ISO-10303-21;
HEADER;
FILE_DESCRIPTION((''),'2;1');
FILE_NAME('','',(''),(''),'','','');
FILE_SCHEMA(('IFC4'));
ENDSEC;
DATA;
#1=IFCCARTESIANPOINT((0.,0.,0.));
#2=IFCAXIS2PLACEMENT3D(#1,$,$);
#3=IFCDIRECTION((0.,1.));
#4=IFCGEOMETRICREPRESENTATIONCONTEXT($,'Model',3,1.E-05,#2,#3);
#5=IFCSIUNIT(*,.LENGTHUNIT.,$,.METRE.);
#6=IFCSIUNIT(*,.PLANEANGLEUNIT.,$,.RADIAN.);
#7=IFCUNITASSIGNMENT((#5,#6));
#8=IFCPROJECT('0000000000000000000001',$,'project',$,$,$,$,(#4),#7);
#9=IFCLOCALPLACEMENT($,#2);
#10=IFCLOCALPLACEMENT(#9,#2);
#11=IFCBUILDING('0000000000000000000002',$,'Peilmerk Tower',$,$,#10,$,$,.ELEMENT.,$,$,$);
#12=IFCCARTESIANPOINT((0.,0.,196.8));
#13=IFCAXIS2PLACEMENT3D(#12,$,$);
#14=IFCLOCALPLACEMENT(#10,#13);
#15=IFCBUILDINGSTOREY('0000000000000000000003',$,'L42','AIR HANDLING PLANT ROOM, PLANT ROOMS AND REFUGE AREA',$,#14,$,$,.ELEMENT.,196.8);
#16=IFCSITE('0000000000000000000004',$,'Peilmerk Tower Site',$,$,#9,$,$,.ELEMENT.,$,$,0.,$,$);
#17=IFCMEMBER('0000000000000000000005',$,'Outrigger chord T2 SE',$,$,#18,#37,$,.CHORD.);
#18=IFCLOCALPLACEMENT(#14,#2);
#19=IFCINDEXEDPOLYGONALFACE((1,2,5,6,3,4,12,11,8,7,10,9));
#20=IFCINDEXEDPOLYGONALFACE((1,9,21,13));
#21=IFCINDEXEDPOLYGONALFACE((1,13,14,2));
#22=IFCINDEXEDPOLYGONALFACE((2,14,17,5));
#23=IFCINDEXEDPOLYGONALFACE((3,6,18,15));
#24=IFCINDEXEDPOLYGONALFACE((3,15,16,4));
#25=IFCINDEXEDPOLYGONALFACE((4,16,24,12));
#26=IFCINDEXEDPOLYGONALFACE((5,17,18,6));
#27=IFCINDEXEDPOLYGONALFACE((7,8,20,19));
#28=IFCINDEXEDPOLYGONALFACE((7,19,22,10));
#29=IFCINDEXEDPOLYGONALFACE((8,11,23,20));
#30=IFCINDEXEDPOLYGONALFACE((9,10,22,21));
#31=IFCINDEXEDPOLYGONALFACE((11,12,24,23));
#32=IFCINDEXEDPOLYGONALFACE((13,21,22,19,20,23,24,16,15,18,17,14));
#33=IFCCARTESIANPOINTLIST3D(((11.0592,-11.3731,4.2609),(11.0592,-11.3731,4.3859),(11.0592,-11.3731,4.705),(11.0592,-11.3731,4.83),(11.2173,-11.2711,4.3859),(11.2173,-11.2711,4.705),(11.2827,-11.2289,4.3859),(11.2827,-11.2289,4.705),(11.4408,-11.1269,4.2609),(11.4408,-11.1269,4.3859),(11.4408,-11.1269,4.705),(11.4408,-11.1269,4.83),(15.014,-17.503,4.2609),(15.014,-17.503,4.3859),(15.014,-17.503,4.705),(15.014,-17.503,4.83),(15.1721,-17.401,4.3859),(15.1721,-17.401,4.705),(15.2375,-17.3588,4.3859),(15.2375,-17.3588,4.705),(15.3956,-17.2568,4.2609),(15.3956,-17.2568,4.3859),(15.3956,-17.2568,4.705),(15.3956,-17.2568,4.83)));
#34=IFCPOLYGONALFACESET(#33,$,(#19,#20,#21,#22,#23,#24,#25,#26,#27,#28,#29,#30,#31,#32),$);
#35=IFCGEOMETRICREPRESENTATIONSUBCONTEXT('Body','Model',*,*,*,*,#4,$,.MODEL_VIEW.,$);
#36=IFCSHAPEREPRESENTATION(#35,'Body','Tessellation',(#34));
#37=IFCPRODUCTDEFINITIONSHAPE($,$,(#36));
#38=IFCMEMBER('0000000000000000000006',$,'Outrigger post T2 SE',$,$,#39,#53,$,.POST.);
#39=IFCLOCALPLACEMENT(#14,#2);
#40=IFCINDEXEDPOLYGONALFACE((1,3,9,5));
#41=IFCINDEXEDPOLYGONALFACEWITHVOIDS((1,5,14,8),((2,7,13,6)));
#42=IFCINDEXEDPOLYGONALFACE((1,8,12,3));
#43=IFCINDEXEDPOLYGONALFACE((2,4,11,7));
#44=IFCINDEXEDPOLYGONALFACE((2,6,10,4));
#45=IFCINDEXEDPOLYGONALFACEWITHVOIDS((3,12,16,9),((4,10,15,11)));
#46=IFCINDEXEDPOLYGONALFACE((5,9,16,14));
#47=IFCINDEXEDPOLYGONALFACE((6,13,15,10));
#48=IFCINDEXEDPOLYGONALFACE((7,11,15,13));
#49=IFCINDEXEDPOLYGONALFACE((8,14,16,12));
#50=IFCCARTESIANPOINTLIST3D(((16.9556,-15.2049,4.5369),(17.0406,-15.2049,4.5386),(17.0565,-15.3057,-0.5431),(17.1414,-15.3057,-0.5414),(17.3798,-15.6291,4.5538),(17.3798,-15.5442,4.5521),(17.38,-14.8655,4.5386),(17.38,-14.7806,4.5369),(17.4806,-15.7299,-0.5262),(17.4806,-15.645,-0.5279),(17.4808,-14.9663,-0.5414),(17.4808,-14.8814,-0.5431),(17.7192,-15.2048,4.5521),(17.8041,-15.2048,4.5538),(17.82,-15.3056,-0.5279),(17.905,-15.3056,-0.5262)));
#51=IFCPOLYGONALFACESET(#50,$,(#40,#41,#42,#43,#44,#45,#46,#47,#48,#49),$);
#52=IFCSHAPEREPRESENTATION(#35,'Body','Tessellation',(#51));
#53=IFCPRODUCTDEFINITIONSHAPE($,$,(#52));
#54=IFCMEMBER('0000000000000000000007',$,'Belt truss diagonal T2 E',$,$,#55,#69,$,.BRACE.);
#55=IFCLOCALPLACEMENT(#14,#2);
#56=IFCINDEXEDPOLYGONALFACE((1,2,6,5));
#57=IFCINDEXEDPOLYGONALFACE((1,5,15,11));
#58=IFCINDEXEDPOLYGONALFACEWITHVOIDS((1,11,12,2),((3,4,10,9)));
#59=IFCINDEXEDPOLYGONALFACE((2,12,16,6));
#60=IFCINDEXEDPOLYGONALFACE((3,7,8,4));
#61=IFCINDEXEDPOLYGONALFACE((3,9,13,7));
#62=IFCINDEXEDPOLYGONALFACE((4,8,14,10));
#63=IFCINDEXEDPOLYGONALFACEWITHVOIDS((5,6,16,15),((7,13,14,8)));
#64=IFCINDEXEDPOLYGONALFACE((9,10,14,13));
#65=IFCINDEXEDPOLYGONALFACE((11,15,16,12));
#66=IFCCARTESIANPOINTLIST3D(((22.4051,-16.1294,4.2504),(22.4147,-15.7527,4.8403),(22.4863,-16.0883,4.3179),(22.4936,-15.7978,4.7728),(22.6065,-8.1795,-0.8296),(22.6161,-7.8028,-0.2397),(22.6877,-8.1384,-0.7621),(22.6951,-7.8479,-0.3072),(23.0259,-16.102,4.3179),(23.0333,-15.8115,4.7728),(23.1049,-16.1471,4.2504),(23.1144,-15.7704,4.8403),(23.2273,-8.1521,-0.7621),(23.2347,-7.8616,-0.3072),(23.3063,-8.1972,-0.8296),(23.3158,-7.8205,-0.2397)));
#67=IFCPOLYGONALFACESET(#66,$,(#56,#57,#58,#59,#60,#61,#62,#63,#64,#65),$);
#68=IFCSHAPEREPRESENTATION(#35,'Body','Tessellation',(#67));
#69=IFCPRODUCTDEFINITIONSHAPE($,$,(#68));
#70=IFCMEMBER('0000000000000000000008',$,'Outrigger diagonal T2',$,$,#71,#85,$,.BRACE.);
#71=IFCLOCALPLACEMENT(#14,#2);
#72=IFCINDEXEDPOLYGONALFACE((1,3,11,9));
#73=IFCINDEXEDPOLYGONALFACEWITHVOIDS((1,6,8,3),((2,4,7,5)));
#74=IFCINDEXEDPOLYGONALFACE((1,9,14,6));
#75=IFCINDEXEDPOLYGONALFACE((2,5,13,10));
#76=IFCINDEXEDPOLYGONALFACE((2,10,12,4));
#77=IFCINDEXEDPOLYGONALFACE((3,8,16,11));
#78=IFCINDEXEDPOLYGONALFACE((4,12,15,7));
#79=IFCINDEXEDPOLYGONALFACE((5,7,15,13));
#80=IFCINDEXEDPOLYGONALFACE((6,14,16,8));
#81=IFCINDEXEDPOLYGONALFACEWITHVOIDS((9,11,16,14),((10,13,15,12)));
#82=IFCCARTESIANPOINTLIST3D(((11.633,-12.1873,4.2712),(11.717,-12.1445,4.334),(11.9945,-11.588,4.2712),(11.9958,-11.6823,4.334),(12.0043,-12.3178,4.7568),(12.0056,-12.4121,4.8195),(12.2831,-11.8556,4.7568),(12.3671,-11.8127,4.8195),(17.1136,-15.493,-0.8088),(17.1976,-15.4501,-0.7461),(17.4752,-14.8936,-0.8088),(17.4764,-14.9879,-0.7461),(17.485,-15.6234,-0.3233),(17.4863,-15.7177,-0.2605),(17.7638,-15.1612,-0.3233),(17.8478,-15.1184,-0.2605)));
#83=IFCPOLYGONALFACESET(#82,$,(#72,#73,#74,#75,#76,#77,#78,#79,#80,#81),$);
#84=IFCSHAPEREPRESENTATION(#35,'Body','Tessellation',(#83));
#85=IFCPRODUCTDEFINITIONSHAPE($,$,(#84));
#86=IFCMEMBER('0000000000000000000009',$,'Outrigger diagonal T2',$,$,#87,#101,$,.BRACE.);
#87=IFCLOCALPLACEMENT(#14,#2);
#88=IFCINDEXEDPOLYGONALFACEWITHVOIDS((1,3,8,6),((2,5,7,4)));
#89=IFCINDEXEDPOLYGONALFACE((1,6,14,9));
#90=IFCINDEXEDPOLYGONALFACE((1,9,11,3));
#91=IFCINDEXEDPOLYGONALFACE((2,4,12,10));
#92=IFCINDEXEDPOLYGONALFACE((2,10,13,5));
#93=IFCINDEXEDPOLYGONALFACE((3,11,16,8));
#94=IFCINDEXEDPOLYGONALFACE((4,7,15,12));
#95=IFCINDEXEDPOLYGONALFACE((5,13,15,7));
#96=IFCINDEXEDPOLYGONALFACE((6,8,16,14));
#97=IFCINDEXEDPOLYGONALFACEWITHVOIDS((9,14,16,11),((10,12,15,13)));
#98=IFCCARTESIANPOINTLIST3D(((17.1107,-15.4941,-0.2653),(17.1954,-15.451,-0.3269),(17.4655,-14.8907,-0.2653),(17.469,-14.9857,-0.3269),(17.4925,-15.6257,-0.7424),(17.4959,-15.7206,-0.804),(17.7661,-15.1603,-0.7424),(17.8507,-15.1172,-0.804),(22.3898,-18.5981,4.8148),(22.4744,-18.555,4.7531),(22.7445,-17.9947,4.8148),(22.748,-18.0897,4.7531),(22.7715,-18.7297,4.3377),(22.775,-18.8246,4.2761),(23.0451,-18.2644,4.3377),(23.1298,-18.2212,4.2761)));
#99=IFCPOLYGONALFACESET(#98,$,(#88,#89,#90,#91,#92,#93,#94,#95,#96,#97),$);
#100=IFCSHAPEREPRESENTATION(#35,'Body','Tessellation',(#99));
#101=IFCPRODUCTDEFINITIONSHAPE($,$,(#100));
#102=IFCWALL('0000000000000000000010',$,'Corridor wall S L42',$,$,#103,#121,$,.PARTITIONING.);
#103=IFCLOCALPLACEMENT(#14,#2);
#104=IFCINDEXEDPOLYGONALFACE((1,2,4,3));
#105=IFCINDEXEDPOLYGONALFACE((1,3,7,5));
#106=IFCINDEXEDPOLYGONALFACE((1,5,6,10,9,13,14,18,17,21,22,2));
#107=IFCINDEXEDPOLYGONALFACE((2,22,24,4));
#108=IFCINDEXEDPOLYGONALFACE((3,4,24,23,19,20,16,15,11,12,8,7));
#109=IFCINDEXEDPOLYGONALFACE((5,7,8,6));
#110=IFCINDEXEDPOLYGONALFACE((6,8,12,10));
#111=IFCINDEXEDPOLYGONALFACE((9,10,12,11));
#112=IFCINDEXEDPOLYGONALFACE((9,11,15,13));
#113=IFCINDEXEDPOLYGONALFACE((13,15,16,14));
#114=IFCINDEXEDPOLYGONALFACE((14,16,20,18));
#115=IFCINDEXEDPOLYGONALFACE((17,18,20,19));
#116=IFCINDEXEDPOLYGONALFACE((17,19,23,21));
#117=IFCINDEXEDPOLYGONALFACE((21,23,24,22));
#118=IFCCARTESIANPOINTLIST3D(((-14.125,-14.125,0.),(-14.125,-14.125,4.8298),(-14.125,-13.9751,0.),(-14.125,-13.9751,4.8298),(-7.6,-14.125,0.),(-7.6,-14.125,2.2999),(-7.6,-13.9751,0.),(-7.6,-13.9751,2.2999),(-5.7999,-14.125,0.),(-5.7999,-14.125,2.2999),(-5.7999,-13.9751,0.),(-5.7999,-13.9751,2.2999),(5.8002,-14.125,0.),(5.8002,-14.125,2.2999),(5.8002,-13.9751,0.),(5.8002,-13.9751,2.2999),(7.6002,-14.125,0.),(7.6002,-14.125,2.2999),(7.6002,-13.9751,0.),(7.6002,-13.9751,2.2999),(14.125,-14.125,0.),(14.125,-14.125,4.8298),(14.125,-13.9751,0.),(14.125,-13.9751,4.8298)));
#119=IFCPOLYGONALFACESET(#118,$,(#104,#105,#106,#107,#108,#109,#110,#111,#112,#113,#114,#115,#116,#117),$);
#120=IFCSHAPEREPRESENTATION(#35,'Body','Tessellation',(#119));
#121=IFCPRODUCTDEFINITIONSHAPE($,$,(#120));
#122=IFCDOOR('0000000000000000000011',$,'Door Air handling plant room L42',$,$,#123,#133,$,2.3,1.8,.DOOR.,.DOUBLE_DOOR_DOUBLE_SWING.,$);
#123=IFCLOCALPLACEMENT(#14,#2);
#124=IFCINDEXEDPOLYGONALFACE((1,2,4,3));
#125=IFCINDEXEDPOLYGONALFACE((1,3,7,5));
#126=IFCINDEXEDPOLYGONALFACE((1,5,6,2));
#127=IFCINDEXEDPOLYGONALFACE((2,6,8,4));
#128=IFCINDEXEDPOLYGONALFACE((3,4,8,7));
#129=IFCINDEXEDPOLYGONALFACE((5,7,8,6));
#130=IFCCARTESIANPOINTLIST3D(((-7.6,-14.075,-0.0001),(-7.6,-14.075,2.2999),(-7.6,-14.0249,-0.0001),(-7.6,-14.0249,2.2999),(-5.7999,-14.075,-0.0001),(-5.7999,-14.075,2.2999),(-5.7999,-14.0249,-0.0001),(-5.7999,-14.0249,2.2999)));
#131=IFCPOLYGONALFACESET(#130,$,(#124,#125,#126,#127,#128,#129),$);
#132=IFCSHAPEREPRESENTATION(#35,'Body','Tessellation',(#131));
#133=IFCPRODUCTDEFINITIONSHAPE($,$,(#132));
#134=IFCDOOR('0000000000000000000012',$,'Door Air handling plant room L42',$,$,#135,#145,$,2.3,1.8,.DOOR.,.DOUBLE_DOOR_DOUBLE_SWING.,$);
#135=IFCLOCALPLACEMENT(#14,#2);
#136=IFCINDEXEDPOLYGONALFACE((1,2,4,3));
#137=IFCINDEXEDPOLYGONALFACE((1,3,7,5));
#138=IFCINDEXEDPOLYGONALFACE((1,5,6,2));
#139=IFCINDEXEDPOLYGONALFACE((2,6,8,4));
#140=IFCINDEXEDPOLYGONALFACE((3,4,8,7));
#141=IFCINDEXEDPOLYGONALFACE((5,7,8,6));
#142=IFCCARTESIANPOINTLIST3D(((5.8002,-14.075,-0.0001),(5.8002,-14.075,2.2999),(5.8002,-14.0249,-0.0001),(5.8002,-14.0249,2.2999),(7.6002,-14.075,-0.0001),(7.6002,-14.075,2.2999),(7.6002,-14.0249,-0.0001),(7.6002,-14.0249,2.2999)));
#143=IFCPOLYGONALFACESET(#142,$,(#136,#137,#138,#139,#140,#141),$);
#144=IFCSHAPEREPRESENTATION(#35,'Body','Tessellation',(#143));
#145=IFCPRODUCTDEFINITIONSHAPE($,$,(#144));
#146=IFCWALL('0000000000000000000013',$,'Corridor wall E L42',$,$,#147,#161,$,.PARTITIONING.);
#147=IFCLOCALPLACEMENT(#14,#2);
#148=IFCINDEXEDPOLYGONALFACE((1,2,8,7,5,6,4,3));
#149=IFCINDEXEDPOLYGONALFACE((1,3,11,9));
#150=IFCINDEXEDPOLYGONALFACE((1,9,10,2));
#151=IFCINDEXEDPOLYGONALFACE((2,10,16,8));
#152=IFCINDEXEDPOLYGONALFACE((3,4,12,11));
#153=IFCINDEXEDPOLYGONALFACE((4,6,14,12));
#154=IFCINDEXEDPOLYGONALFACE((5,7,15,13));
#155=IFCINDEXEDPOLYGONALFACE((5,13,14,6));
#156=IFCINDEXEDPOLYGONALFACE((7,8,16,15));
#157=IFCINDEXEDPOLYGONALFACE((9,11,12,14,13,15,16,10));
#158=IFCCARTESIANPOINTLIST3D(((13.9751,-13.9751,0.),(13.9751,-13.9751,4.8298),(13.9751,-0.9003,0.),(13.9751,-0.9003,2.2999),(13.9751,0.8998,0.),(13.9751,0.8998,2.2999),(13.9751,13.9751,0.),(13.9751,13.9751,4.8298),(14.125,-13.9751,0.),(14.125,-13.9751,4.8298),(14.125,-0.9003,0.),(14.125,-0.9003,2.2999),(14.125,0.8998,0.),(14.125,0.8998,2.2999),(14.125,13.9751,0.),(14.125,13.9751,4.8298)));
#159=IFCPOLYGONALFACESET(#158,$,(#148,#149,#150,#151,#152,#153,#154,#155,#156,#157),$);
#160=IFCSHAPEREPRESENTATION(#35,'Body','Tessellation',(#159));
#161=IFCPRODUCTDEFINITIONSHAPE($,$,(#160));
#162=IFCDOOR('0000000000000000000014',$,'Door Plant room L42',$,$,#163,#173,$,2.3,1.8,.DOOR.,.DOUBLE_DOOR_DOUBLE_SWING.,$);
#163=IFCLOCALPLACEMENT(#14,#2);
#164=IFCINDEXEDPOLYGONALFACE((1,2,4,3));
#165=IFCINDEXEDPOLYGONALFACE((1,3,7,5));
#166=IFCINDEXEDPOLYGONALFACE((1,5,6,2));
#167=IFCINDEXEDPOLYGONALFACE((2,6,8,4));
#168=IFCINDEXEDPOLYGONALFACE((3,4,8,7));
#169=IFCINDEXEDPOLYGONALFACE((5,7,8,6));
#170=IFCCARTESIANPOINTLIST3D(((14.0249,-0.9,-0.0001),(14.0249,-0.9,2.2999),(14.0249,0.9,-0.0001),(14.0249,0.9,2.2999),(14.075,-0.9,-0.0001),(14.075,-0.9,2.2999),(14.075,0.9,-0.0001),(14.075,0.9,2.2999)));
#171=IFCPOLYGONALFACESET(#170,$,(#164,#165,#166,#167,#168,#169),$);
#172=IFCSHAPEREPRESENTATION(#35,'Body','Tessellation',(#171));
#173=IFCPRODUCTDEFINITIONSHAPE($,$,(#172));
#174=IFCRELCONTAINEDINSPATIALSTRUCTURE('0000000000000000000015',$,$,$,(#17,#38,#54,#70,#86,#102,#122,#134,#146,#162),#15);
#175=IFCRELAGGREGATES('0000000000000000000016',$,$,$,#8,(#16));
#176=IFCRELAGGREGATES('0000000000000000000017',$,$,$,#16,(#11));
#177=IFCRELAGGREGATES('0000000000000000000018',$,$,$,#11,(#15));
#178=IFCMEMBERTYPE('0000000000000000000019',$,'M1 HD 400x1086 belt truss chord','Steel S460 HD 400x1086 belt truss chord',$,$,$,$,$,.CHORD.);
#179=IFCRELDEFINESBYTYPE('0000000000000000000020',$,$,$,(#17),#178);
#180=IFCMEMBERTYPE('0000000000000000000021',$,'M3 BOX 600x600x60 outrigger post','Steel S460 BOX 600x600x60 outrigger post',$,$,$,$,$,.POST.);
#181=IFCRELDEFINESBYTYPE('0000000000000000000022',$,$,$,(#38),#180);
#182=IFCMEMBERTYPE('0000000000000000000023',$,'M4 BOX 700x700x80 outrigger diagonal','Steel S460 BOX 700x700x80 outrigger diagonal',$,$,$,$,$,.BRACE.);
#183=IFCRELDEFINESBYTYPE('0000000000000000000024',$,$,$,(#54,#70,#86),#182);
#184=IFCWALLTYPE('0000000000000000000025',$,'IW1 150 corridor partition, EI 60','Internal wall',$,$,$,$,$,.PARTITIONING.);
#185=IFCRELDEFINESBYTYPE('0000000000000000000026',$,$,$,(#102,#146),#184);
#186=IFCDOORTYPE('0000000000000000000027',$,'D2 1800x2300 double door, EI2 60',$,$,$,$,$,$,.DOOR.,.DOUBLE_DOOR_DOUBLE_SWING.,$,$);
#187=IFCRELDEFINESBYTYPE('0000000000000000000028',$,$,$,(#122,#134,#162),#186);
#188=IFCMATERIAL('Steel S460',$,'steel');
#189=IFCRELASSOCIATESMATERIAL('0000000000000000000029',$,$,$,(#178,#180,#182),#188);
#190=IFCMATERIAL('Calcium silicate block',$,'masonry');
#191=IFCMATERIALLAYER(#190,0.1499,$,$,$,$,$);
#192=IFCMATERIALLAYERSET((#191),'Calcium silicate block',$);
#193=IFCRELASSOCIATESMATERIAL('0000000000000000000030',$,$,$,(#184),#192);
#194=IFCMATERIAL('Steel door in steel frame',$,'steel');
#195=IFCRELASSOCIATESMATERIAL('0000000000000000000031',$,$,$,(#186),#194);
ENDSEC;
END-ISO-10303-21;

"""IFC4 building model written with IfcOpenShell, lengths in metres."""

from ifc_helpers import new_model, si_unit, direction, frame, frame_2d, origin, origin_2d, place, context, subcontext, project, spatial, rectangle, hollow_rectangle, i_section, extrude, material, layer, layer_set, material_profile, profile_set, type_object, element, fill, save


model = new_model("IFC4")

# Units and contexts
model_context = context("Model", 3, precision=1e-05, world=origin(), true_north=direction((0.0, 1.0)))
body_context = subcontext(model_context, "Body", "Model", "MODEL_VIEW")
ifc_project = project(units=[si_unit("LENGTHUNIT", "METRE"), si_unit("PLANEANGLEUNIT", "RADIAN")], contexts=[model_context])

# Site, building, storey
site_placement = place(None, origin())
site = spatial("IfcSite", under=ifc_project, at=site_placement, Name="Peilmerk Tower Site", CompositionType="ELEMENT", RefElevation=0.0)
building_placement = place(site_placement, origin())
building = spatial("IfcBuilding", under=site, at=building_placement, Name="Peilmerk Tower", CompositionType="ELEMENT")
storey_placement = place(building_placement, frame((0.0, 0.0, 196.8)))
storey = spatial("IfcBuildingStorey", under=building, at=storey_placement, Name="L42", Description="AIR HANDLING PLANT ROOM, PLANT ROOMS AND REFUGE AREA", CompositionType="ELEMENT", Elevation=196.8)

# Shared definitions
ifc_material_1 = material(Name="Steel S460", Category="steel")

# Members
ifc_material_profile_1 = material_profile(ifc_material_1, i_section(OverallWidth=0.4541, OverallDepth=0.5691, WebThickness=0.0779, FlangeThickness=0.125, at=origin_2d()), Name="HD 400x1086")
ifc_profile_set_1 = profile_set([ifc_material_profile_1], Name="Steel S460")
member_type_1 = type_object("IfcMemberType", Name="M1 HD 400x1086 belt truss chord", Description="Steel S460 HD 400x1086 belt truss chord", PredefinedType="CHORD", material=ifc_profile_set_1)
member_1_placement = place(storey_placement, frame((11.25, -11.25, 4.5454), z_axis=(0.542134, -0.840292, 0.0), x_axis=(0.840292, 0.542134, 0.0)))
element("IfcMember", 1, at=member_1_placement, inside=storey, type_object=member_type_1, Name="Outrigger chord T2 SE", PredefinedType="CHORD", context=body_context, shape_type="SweptSolid", body=[
    extrude(i_section(OverallWidth=0.4541, OverallDepth=0.5691, WebThickness=0.0779, FlangeThickness=0.125, at=origin_2d()), origin(), (0.0, 0.0, 1.0), 7.2949),
])
ifc_material_profile_2 = material_profile(ifc_material_1, hollow_rectangle(XDim=0.6001, YDim=0.6001, WallThickness=0.0601, at=origin_2d()), Name="BOX 600x600x60")
ifc_profile_set_2 = profile_set([ifc_material_profile_2], Name="Steel S460")
member_type_2 = type_object("IfcMemberType", Name="M3 BOX 600x600x60 outrigger post", Description="Steel S460 BOX 600x600x60 outrigger post", PredefinedType="POST", material=ifc_profile_set_2)
member_2_placement = place(storey_placement, frame((17.4807, -15.3057, -0.5347), z_axis=(-0.01984, 0.01984, 0.999606), x_axis=(-0.707107, -0.707107, 0.0)))
element("IfcMember", 2, at=member_2_placement, inside=storey, type_object=member_type_2, Name="Outrigger post T2 SE", PredefinedType="POST", context=body_context, shape_type="SweptSolid", body=[
    extrude(hollow_rectangle(XDim=0.6001, YDim=0.6001, WallThickness=0.0601, at=origin_2d()), origin(), (0.0, 0.0, 1.0), 5.082),
])
ifc_material_profile_3 = material_profile(ifc_material_1, hollow_rectangle(XDim=0.7, YDim=0.7, WallThickness=0.0801, at=origin_2d()), Name="BOX 700x700x80")
ifc_profile_set_3 = profile_set([ifc_material_profile_3], Name="Steel S460")
member_type_3 = type_object("IfcMemberType", Name="M4 BOX 700x700x80 outrigger diagonal", Description="Steel S460 BOX 700x700x80 outrigger diagonal", PredefinedType="BRACE", material=ifc_profile_set_3)
member_3_placement = place(storey_placement, frame((22.9612, -8.0, -0.5347), z_axis=(-0.021344, -0.842459, 0.538338), x_axis=(0.999679, -0.025327, 0.0)))
element("IfcMember", 3, at=member_3_placement, inside=storey, type_object=member_type_3, Name="Belt truss diagonal T2 E", PredefinedType="BRACE", context=body_context, shape_type="SweptSolid", body=[
    extrude(hollow_rectangle(XDim=0.7, YDim=0.7, WallThickness=0.0801, at=origin_2d()), origin(), (0.0, 0.0, 1.0), 9.4365),
])
member_4_placement = place(storey_placement, frame((17.4807, -15.3057, -0.5347), z_axis=(-0.670714, 0.404538, 0.621685), x_axis=(-0.516475, -0.856303, 0.0)))
element("IfcMember", 4, at=member_4_placement, inside=storey, type_object=member_type_3, Name="Outrigger diagonal T2", PredefinedType="BRACE", context=body_context, shape_type="SweptSolid", body=[
    extrude(hollow_rectangle(XDim=0.7, YDim=0.7, WallThickness=0.0801, at=origin_2d()), origin(), (0.0, 0.0, 1.0), 8.1714),
])
member_5_placement = place(storey_placement, frame((17.4807, -15.3057, -0.5347), z_axis=(0.663466, -0.390108, 0.638459), x_axis=(0.50686, 0.862028, 0.0)))
element("IfcMember", 5, at=member_5_placement, inside=storey, type_object=member_type_3, Name="Outrigger diagonal T2", PredefinedType="BRACE", context=body_context, shape_type="SweptSolid", body=[
    extrude(hollow_rectangle(XDim=0.7, YDim=0.7, WallThickness=0.0801, at=origin_2d()), origin(), (0.0, 0.0, 1.0), 7.9568),
])

# Wall, openings, doors
ifc_material_2 = material(Name="Calcium silicate block", Category="masonry")
ifc_layer_1 = layer(ifc_material_2, 0.1499)
ifc_layer_set_1 = layer_set([ifc_layer_1], Name="Calcium silicate block")
wall_type_1 = type_object("IfcWallType", Name="IW1 150 corridor partition, EI 60", Description="Internal wall", PredefinedType="PARTITIONING", material=ifc_layer_set_1)
wall_1_placement = place(storey_placement, frame((14.125, -14.05, 0.0), z_axis=(0.0, 0.0, 1.0), x_axis=(-1.0, 0.0, 0.0)))
wall_1 = element("IfcWall", 6, at=wall_1_placement, inside=storey, type_object=wall_type_1, Name="Corridor wall S L42", PredefinedType="PARTITIONING", context=body_context, shape_type="SweptSolid", body=[
    extrude(rectangle(XDim=28.25, YDim=0.1499, at=frame_2d((14.125, 0.0))), origin(), (0.0, 0.0, 1.0), 4.8298),
])
opening_1_placement = place(wall_1_placement, frame((19.925, 0.0, 0.0)))
opening_1 = element("IfcOpeningElement", 7, at=opening_1_placement, cuts=wall_1, PredefinedType="OPENING", context=body_context, shape_type="SweptSolid", body=[
    extrude(rectangle(XDim=1.8, YDim=2.3, at=frame_2d((0.8999, 1.1499))), frame((0.0, 0.085, 0.0), z_axis=(0.0, -1.0, 0.0), x_axis=(1.0, 0.0, 0.0)), (0.0, 0.0, 1.0), 0.1699),
])
opening_2_placement = place(wall_1_placement, frame((6.5249, 0.0, 0.0)))
opening_2 = element("IfcOpeningElement", 8, at=opening_2_placement, cuts=wall_1, PredefinedType="OPENING", context=body_context, shape_type="SweptSolid", body=[
    extrude(rectangle(XDim=1.8, YDim=2.3, at=frame_2d((0.8999, 1.1499))), frame((0.0, 0.085, 0.0), z_axis=(0.0, -1.0, 0.0), x_axis=(1.0, 0.0, 0.0)), (0.0, 0.0, 1.0), 0.1699),
])
ifc_material_3 = material(Name="Steel door in steel frame", Category="steel")
door_type = type_object("IfcDoorType", Name="D2 1800x2300 double door, EI2 60", OperationType="DOUBLE_DOOR_DOUBLE_SWING", PredefinedType="DOOR", material=ifc_material_3)
door_1_placement = place(opening_1_placement, origin())
door_1 = element("IfcDoor", 9, at=door_1_placement, inside=storey, type_object=door_type, Name="Door Air handling plant room L42", OperationType="DOUBLE_DOOR_DOUBLE_SWING", OverallHeight=2.3, OverallWidth=1.8, PredefinedType="DOOR", context=body_context, shape_type="SweptSolid", body=[
    extrude(rectangle(XDim=1.8, YDim=2.3, at=frame_2d((0.8999, 1.1499))), frame((0.0, 0.0249, 0.0), z_axis=(0.0, -1.0, 0.0), x_axis=(1.0, 0.0, 0.0)), (0.0, 0.0, 1.0), 0.05),
])
fill(opening_1, door_1)
door_2_placement = place(opening_2_placement, origin())
door_2 = element("IfcDoor", 10, at=door_2_placement, inside=storey, type_object=door_type, Name="Door Air handling plant room L42", OperationType="DOUBLE_DOOR_DOUBLE_SWING", OverallHeight=2.3, OverallWidth=1.8, PredefinedType="DOOR", context=body_context, shape_type="SweptSolid", body=[
    extrude(rectangle(XDim=1.8, YDim=2.3, at=frame_2d((0.8999, 1.1499))), frame((0.0, 0.0249, 0.0), z_axis=(0.0, -1.0, 0.0), x_axis=(1.0, 0.0, 0.0)), (0.0, 0.0, 1.0), 0.05),
])
fill(opening_2, door_2)

# Wall, opening, door
wall_2_placement = place(storey_placement, frame((14.05, -13.9751, 0.0), z_axis=(0.0, 0.0, 1.0), x_axis=(0.0, 1.0, 0.0)))
wall_2 = element("IfcWall", 11, at=wall_2_placement, inside=storey, type_object=wall_type_1, Name="Corridor wall E L42", PredefinedType="PARTITIONING", context=body_context, shape_type="SweptSolid", body=[
    extrude(rectangle(XDim=27.9502, YDim=0.1499, at=frame_2d((13.9751, 0.0))), origin(), (0.0, 0.0, 1.0), 4.8298),
])
opening_3_placement = place(wall_2_placement, frame((13.075, 0.0, 0.0)))
opening_3 = element("IfcOpeningElement", 12, at=opening_3_placement, cuts=wall_2, PredefinedType="OPENING", context=body_context, shape_type="SweptSolid", body=[
    extrude(rectangle(XDim=1.8, YDim=2.3, at=frame_2d((0.8999, 1.1499))), frame((0.0, 0.085, 0.0), z_axis=(0.0, -1.0, 0.0), x_axis=(1.0, 0.0, 0.0)), (0.0, 0.0, 1.0), 0.1699),
])
door_3_placement = place(opening_3_placement, frame((1.8, 0.0, 0.0), z_axis=(0.0, 0.0, 1.0), x_axis=(-1.0, 0.0, 0.0)))
door_3 = element("IfcDoor", 13, at=door_3_placement, inside=storey, type_object=door_type, Name="Door Plant room L42", OperationType="DOUBLE_DOOR_DOUBLE_SWING", OverallHeight=2.3, OverallWidth=1.8, PredefinedType="DOOR", context=body_context, shape_type="SweptSolid", body=[
    extrude(rectangle(XDim=1.8, YDim=2.3, at=frame_2d((0.8999, 1.1499))), frame((0.0, 0.0249, 0.0), z_axis=(0.0, -1.0, 0.0), x_axis=(1.0, 0.0, 0.0)), (0.0, 0.0, 1.0), 0.05),
])
fill(opening_3, door_3)

save(model, "model.ifc")
